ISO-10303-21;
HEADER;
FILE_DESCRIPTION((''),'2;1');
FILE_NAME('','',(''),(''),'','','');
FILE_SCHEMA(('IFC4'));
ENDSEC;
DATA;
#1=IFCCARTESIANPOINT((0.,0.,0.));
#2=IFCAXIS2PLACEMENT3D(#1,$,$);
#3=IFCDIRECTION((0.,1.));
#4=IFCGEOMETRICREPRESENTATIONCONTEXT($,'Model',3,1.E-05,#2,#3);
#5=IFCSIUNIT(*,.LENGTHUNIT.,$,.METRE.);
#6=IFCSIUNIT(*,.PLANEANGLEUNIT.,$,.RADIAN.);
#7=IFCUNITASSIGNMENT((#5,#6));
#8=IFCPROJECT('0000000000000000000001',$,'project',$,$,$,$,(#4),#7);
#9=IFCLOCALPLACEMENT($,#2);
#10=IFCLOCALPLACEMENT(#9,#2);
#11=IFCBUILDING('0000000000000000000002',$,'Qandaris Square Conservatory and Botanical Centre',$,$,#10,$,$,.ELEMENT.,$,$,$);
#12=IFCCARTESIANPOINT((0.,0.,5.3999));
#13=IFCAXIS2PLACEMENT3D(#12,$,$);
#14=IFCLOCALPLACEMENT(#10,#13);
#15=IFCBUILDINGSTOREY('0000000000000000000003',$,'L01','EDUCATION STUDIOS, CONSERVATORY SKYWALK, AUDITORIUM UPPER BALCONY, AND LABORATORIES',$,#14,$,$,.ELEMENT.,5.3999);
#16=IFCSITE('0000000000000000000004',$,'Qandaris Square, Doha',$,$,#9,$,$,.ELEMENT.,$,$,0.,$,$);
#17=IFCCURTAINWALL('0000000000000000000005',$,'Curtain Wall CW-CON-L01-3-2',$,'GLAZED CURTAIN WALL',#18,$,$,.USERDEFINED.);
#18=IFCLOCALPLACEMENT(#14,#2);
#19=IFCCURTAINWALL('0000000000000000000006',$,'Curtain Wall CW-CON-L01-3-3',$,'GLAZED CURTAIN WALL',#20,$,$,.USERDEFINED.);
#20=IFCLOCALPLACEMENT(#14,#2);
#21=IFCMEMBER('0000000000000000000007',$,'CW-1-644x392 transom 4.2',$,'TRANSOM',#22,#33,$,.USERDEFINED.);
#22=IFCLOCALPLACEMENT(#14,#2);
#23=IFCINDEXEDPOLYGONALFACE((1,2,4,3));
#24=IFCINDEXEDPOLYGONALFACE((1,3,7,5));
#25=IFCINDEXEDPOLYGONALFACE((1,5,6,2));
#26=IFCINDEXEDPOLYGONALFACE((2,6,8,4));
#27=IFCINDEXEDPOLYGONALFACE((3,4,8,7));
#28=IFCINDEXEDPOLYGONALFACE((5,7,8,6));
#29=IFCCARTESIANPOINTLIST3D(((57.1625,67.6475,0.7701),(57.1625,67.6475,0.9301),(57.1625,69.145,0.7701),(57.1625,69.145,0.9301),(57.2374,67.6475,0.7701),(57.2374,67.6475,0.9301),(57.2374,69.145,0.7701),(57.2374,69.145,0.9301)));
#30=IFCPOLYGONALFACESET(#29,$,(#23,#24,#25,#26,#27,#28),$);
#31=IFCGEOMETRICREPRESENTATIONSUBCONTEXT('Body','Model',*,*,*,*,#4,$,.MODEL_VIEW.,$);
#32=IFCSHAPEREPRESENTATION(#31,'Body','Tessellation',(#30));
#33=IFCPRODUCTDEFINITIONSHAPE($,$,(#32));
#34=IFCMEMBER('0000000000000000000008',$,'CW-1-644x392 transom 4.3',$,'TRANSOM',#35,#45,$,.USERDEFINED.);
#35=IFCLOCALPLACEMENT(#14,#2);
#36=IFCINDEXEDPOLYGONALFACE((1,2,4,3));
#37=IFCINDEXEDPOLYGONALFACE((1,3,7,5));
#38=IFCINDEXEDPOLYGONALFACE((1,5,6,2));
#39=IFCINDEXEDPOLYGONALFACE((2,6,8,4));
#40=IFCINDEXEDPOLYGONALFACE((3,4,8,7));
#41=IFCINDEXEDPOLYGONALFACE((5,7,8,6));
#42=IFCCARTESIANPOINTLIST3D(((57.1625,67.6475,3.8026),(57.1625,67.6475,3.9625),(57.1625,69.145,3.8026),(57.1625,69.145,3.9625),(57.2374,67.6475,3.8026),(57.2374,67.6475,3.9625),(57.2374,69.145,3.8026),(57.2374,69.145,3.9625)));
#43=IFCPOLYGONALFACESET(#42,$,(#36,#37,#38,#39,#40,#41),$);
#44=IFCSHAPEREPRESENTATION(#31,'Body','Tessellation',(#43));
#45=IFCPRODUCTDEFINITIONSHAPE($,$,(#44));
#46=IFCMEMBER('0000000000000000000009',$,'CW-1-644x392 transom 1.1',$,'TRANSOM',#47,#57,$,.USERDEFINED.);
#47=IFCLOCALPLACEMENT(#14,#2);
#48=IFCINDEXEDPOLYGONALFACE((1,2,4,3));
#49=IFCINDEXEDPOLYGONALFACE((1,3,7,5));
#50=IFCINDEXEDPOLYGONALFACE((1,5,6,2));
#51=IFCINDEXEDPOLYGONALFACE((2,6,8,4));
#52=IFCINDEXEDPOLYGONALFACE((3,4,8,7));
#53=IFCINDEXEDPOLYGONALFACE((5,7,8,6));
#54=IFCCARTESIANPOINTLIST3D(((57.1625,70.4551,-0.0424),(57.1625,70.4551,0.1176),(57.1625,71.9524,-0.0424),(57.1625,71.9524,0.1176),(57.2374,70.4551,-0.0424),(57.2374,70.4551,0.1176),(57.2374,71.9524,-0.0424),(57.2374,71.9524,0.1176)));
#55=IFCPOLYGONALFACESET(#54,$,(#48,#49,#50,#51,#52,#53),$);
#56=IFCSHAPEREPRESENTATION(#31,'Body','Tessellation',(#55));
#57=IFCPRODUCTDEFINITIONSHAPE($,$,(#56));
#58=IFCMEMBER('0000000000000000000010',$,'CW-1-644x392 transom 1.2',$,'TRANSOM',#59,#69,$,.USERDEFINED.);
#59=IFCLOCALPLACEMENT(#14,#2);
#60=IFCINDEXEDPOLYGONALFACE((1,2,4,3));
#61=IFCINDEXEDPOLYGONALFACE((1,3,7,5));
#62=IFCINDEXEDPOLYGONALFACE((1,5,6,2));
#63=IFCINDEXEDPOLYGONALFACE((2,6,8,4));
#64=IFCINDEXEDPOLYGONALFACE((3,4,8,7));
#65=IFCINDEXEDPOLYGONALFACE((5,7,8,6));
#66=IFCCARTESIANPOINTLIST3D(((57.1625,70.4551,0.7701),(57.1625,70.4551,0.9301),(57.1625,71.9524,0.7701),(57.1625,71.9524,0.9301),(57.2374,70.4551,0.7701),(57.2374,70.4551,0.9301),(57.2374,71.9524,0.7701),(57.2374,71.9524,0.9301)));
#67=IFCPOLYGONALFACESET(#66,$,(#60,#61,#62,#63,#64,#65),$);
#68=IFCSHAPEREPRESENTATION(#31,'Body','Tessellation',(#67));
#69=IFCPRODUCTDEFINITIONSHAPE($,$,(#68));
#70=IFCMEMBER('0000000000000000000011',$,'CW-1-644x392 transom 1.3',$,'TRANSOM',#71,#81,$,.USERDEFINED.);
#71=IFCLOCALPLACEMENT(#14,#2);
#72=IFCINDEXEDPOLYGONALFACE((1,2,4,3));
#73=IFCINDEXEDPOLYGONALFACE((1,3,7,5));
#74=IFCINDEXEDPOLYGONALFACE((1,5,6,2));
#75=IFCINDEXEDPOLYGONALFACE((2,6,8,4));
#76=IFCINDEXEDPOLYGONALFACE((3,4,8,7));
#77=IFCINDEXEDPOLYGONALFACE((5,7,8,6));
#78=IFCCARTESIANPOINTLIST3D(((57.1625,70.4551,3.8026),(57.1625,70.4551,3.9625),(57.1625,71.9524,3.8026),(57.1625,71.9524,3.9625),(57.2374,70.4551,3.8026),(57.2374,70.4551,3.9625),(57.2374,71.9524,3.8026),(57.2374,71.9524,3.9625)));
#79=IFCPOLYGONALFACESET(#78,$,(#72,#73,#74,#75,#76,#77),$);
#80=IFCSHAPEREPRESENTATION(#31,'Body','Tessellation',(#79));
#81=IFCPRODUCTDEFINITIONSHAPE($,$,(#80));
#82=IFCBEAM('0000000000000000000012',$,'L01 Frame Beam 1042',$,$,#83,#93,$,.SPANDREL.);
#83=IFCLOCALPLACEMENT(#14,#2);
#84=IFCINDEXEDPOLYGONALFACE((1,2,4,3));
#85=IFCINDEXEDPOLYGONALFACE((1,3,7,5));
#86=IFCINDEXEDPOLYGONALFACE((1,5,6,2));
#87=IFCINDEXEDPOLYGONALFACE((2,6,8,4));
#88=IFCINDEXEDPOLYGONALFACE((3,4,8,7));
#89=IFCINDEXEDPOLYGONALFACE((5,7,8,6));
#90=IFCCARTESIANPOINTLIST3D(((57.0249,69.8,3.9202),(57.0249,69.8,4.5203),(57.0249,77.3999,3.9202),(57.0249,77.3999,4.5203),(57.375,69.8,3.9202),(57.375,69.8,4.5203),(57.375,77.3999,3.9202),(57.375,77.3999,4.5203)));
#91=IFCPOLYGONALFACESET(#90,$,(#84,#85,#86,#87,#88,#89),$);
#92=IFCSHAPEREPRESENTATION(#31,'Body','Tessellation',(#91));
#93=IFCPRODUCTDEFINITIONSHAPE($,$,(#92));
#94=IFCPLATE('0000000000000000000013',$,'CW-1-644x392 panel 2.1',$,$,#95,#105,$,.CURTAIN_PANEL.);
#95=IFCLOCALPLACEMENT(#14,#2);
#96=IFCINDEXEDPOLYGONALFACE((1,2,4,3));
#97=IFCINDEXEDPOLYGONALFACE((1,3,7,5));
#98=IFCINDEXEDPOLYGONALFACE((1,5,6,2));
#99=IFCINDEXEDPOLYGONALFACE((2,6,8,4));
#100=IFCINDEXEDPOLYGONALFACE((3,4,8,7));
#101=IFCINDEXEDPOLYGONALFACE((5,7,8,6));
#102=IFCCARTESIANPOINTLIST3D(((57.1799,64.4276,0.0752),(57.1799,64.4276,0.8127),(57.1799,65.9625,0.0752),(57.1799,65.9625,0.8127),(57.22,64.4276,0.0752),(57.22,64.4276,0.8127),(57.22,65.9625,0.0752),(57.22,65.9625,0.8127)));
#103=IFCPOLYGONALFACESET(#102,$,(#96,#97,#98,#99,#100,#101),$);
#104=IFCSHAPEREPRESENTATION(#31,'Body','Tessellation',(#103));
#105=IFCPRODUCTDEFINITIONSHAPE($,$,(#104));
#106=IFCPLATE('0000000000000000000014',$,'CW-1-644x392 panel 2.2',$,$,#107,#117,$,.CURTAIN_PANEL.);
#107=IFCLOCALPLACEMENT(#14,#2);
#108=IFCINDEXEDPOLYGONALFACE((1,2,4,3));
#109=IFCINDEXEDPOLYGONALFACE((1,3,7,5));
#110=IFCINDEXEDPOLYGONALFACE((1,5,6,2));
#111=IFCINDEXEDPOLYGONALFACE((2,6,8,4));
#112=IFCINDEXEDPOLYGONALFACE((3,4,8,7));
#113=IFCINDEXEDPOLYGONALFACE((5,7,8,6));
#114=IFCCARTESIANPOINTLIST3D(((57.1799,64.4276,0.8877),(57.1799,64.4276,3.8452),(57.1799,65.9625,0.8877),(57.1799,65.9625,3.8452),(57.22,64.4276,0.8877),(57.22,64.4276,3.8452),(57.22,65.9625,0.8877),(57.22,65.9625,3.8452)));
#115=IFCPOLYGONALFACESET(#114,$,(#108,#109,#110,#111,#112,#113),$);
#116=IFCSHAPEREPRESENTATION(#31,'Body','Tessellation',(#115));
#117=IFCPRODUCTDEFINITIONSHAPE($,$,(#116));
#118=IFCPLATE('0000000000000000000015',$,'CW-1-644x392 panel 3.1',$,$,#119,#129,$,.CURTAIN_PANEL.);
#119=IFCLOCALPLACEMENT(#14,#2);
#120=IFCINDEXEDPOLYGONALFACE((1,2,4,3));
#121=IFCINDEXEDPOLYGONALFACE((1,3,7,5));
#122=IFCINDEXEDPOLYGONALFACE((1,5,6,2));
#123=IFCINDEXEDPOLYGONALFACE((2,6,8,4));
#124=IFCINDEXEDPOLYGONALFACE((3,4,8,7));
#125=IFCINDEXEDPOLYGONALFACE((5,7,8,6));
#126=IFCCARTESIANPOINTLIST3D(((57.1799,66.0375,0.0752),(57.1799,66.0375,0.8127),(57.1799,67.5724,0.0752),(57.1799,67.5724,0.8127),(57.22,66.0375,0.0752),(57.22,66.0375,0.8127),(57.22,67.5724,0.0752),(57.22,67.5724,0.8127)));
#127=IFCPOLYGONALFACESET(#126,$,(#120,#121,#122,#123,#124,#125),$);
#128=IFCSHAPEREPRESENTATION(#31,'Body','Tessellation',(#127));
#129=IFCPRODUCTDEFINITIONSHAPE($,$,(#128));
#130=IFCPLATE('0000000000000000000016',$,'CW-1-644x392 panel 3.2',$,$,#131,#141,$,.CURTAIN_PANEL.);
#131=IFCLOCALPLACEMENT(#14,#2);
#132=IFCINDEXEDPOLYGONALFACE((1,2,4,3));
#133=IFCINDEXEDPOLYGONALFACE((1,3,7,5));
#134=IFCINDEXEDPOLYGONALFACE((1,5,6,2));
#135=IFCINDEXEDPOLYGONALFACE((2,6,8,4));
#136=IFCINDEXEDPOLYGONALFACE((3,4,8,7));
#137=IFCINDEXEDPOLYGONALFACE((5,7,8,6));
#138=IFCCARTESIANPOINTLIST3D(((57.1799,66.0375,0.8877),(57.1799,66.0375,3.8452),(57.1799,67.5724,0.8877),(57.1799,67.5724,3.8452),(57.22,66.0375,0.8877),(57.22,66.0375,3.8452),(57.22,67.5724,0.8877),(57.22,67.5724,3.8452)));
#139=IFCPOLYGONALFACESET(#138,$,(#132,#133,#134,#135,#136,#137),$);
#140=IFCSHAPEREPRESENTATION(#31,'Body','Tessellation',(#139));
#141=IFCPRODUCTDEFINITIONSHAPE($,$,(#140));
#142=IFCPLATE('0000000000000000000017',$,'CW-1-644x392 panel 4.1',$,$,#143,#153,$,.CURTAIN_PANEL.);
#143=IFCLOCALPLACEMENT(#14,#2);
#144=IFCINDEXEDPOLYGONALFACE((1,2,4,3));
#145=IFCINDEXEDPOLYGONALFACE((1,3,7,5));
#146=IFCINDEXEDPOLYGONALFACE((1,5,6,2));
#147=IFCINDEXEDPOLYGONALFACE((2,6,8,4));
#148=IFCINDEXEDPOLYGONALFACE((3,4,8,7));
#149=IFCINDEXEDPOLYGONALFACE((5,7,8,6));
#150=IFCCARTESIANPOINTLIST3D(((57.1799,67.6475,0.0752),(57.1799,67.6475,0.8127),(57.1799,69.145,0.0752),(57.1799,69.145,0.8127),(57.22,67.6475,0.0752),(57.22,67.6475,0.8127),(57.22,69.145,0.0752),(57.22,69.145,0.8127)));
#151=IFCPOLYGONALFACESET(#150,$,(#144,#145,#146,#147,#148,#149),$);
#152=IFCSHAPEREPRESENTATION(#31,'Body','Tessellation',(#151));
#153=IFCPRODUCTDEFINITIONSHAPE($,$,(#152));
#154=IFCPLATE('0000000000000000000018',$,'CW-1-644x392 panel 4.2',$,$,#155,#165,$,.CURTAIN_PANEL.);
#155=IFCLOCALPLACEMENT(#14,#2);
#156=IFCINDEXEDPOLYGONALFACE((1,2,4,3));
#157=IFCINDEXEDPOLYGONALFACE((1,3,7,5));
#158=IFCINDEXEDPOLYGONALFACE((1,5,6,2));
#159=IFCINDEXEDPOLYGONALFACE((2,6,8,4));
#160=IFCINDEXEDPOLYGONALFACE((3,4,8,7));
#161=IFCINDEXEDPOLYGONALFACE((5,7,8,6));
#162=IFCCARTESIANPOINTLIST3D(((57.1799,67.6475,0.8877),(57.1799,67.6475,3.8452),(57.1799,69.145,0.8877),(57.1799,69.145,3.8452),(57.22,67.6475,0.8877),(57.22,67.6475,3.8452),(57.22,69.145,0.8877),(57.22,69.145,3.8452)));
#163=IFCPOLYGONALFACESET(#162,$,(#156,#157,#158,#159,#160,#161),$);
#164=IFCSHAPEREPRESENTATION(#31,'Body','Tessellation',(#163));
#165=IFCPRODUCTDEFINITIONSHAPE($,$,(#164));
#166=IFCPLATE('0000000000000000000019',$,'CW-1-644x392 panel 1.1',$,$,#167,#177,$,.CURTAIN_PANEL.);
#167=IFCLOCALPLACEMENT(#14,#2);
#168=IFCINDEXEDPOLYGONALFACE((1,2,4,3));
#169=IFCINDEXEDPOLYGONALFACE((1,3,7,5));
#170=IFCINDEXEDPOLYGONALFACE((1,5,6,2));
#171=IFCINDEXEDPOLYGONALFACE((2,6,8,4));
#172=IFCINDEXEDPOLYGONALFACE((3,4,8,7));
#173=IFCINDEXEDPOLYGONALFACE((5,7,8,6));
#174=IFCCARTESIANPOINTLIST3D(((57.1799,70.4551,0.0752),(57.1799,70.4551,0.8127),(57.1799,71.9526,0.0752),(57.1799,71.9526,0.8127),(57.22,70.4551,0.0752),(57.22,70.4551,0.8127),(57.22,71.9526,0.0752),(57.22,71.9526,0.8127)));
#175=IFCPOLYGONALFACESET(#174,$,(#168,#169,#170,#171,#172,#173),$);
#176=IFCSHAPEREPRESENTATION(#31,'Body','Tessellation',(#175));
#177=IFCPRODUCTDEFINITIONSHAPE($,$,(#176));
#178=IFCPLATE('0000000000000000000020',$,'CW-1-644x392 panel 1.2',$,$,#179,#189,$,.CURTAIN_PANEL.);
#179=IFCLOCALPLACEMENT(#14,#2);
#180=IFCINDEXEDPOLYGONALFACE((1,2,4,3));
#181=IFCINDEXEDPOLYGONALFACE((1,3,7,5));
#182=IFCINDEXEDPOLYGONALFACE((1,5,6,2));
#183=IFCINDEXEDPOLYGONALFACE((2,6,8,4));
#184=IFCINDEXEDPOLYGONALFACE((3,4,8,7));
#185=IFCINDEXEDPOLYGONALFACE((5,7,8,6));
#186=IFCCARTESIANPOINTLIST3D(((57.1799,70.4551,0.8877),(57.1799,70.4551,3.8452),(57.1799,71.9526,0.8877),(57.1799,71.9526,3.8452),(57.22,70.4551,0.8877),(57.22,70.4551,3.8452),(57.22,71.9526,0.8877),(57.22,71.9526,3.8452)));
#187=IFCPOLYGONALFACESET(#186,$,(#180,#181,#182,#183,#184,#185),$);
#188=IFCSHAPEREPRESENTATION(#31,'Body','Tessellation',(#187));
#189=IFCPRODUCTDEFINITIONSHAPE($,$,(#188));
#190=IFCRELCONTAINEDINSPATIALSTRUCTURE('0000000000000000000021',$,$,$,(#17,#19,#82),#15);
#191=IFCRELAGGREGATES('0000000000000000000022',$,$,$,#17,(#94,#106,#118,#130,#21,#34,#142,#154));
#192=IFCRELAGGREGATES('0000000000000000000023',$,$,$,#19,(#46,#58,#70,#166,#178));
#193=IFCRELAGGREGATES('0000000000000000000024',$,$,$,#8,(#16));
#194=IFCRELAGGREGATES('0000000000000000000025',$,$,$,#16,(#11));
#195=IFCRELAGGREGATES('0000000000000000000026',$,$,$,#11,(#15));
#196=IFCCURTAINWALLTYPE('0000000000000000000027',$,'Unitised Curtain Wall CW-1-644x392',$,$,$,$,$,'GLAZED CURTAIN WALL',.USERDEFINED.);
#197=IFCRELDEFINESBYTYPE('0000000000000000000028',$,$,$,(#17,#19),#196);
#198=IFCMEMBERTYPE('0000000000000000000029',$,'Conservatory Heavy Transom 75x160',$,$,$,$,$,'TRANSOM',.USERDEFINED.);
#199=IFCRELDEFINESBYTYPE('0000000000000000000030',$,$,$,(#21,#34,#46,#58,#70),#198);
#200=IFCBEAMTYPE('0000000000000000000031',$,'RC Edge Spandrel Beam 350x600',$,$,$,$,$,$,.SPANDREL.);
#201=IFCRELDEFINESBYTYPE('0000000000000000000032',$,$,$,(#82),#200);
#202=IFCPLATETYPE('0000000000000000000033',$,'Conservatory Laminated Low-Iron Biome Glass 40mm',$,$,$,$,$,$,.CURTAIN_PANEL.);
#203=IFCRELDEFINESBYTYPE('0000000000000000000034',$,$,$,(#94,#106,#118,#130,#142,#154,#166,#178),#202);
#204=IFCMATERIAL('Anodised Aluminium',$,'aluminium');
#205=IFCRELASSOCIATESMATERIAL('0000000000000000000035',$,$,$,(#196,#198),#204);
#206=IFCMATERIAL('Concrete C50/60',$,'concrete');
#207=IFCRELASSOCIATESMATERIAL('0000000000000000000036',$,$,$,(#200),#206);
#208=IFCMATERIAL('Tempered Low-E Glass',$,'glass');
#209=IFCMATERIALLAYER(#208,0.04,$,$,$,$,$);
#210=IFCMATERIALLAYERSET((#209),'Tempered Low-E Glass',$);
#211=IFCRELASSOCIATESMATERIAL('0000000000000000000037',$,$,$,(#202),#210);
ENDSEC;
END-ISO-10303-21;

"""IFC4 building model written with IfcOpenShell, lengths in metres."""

from ifc_helpers import new_model, si_unit, direction, frame, origin, origin_2d, place, context, subcontext, project, spatial, rectangle, extrude, material, layer, layer_set, material_profile, profile_set, type_object, element, aggregate, save


model = new_model("IFC4")

# Units and contexts
model_context = context("Model", 3, precision=1e-05, world=origin(), true_north=direction((0.0, 1.0)))
body_context = subcontext(model_context, "Body", "Model", "MODEL_VIEW")
ifc_project = project(units=[si_unit("LENGTHUNIT", "METRE"), si_unit("PLANEANGLEUNIT", "RADIAN")], contexts=[model_context])

# Site, building, storey
site_placement = place(None, origin())
site = spatial("IfcSite", under=ifc_project, at=site_placement, Name="Qandaris Square, Doha", CompositionType="ELEMENT", RefElevation=0.0)
building_placement = place(site_placement, origin())
building = spatial("IfcBuilding", under=site, at=building_placement, Name="Qandaris Square Conservatory and Botanical Centre", CompositionType="ELEMENT")
storey_placement = place(building_placement, frame((0.0, 0.0, 5.3999)))
storey = spatial("IfcBuildingStorey", under=building, at=storey_placement, Name="L01", Description="EDUCATION STUDIOS, CONSERVATORY SKYWALK, AUDITORIUM UPPER BALCONY, AND LABORATORIES", CompositionType="ELEMENT", Elevation=5.3999)

# Shared definitions
ifc_material_1 = material(Name="Concrete C50/60", Category="concrete")

# Curtain wall
ifc_material_2 = material(Name="Anodised Aluminium", Category="aluminium")
curtain_wall_type = type_object("IfcCurtainWallType", Name="Unitised Curtain Wall CW-1-644x392", ElementType="GLAZED CURTAIN WALL", PredefinedType="USERDEFINED", material=ifc_material_2)
curtain_wall_1_placement = place(storey_placement, origin())
curtain_wall_1 = element("IfcCurtainWall", 1, at=curtain_wall_1_placement, inside=storey, type_object=curtain_wall_type, Name="Curtain Wall CW-CON-L01-3-2", ObjectType="GLAZED CURTAIN WALL", PredefinedType="USERDEFINED")

# Curtain wall
curtain_wall_2_placement = place(storey_placement, origin())
curtain_wall_2 = element("IfcCurtainWall", 2, at=curtain_wall_2_placement, inside=storey, type_object=curtain_wall_type, Name="Curtain Wall CW-CON-L01-3-3", ObjectType="GLAZED CURTAIN WALL", PredefinedType="USERDEFINED")

# Members
ifc_material_profile_1 = material_profile(ifc_material_2, rectangle(XDim=0.075, YDim=0.1599, at=origin_2d()), Name="ALU-TRN 75x160")
ifc_profile_set_1 = profile_set([ifc_material_profile_1], Name="Anodised Aluminium")
member_type_1 = type_object("IfcMemberType", Name="Conservatory Heavy Transom 75x160", ElementType="TRANSOM", PredefinedType="USERDEFINED", material=ifc_profile_set_1)
member_1_placement = place(storey_placement, frame((57.2, 67.6475, 0.8501), z_axis=(0.0, 1.0, 0.0), x_axis=(-1.0, 0.0, 0.0)))
member_1 = element("IfcMember", 3, at=member_1_placement, type_object=member_type_1, Name="CW-1-644x392 transom 4.2", ObjectType="TRANSOM", PredefinedType="USERDEFINED", context=body_context, shape_type="SweptSolid", body=[
    extrude(rectangle(XDim=0.075, YDim=0.1599, at=origin_2d()), origin(), (0.0, 0.0, 1.0), 1.4976),
])
member_2_placement = place(storey_placement, frame((57.2, 67.6475, 3.8826), z_axis=(0.0, 1.0, 0.0), x_axis=(-1.0, 0.0, 0.0)))
member_2 = element("IfcMember", 4, at=member_2_placement, type_object=member_type_1, Name="CW-1-644x392 transom 4.3", ObjectType="TRANSOM", PredefinedType="USERDEFINED", context=body_context, shape_type="SweptSolid", body=[
    extrude(rectangle(XDim=0.075, YDim=0.1599, at=origin_2d()), origin(), (0.0, 0.0, 1.0), 1.4976),
])
member_3_placement = place(storey_placement, frame((57.2, 70.4551, 0.0376), z_axis=(0.0, 1.0, 0.0), x_axis=(-1.0, 0.0, 0.0)))
member_3 = element("IfcMember", 5, at=member_3_placement, type_object=member_type_1, Name="CW-1-644x392 transom 1.1", ObjectType="TRANSOM", PredefinedType="USERDEFINED", context=body_context, shape_type="SweptSolid", body=[
    extrude(rectangle(XDim=0.075, YDim=0.1599, at=origin_2d()), origin(), (0.0, 0.0, 1.0), 1.4973),
])
member_4_placement = place(storey_placement, frame((57.2, 70.4551, 0.8501), z_axis=(0.0, 1.0, 0.0), x_axis=(-1.0, 0.0, 0.0)))
member_4 = element("IfcMember", 6, at=member_4_placement, type_object=member_type_1, Name="CW-1-644x392 transom 1.2", ObjectType="TRANSOM", PredefinedType="USERDEFINED", context=body_context, shape_type="SweptSolid", body=[
    extrude(rectangle(XDim=0.075, YDim=0.1599, at=origin_2d()), origin(), (0.0, 0.0, 1.0), 1.4973),
])
member_5_placement = place(storey_placement, frame((57.2, 70.4551, 3.8826), z_axis=(0.0, 1.0, 0.0), x_axis=(-1.0, 0.0, 0.0)))
member_5 = element("IfcMember", 7, at=member_5_placement, type_object=member_type_1, Name="CW-1-644x392 transom 1.3", ObjectType="TRANSOM", PredefinedType="USERDEFINED", context=body_context, shape_type="SweptSolid", body=[
    extrude(rectangle(XDim=0.075, YDim=0.1599, at=origin_2d()), origin(), (0.0, 0.0, 1.0), 1.4973),
])

# Beam
ifc_material_profile_2 = material_profile(ifc_material_1, rectangle(XDim=0.3501, YDim=0.6001, at=origin_2d()), Name="RC-SP 350x600")
ifc_profile_set_2 = profile_set([ifc_material_profile_2], Name="Concrete C50/60")
beam_type = type_object("IfcBeamType", Name="RC Edge Spandrel Beam 350x600", PredefinedType="SPANDREL", material=ifc_profile_set_2)
beam_placement = place(storey_placement, frame((57.2, 69.8, 4.2202), z_axis=(0.0, 1.0, 0.0), x_axis=(-1.0, 0.0, 0.0)))
element("IfcBeam", 8, at=beam_placement, inside=storey, type_object=beam_type, Name="L01 Frame Beam 1042", PredefinedType="SPANDREL", context=body_context, shape_type="SweptSolid", body=[
    extrude(rectangle(XDim=0.3501, YDim=0.6001, at=origin_2d()), origin(), (0.0, 0.0, 1.0), 7.5999),
])

# Plates
ifc_material_3 = material(Name="Tempered Low-E Glass", Category="glass")
ifc_layer_1 = layer(ifc_material_3, 0.04)
ifc_layer_set_1 = layer_set([ifc_layer_1], Name="Tempered Low-E Glass")
plate_type_1 = type_object("IfcPlateType", Name="Conservatory Laminated Low-Iron Biome Glass 40mm", PredefinedType="CURTAIN_PANEL", material=ifc_layer_set_1)
plate_1_placement = place(storey_placement, frame((57.2, 65.1951, 0.0752), z_axis=(0.0, 0.0, 1.0), x_axis=(0.0, 1.0, 0.0)))
plate_1 = element("IfcPlate", 9, at=plate_1_placement, type_object=plate_type_1, Name="CW-1-644x392 panel 2.1", PredefinedType="CURTAIN_PANEL", context=body_context, shape_type="SweptSolid", body=[
    extrude(rectangle(XDim=1.5349, YDim=0.04, at=origin_2d()), origin(), (0.0, 0.0, 1.0), 0.7375),
])
plate_2_placement = place(storey_placement, frame((57.2, 65.1951, 0.8877), z_axis=(0.0, 0.0, 1.0), x_axis=(0.0, 1.0, 0.0)))
plate_2 = element("IfcPlate", 10, at=plate_2_placement, type_object=plate_type_1, Name="CW-1-644x392 panel 2.2", PredefinedType="CURTAIN_PANEL", context=body_context, shape_type="SweptSolid", body=[
    extrude(rectangle(XDim=1.5349, YDim=0.04, at=origin_2d()), origin(), (0.0, 0.0, 1.0), 2.9575),
])
plate_3_placement = place(storey_placement, frame((57.2, 66.8049, 0.0752), z_axis=(0.0, 0.0, 1.0), x_axis=(0.0, 1.0, 0.0)))
plate_3 = element("IfcPlate", 11, at=plate_3_placement, type_object=plate_type_1, Name="CW-1-644x392 panel 3.1", PredefinedType="CURTAIN_PANEL", context=body_context, shape_type="SweptSolid", body=[
    extrude(rectangle(XDim=1.5349, YDim=0.04, at=origin_2d()), origin(), (0.0, 0.0, 1.0), 0.7375),
])
plate_4_placement = place(storey_placement, frame((57.2, 66.8049, 0.8877), z_axis=(0.0, 0.0, 1.0), x_axis=(0.0, 1.0, 0.0)))
plate_4 = element("IfcPlate", 12, at=plate_4_placement, type_object=plate_type_1, Name="CW-1-644x392 panel 3.2", PredefinedType="CURTAIN_PANEL", context=body_context, shape_type="SweptSolid", body=[
    extrude(rectangle(XDim=1.5349, YDim=0.04, at=origin_2d()), origin(), (0.0, 0.0, 1.0), 2.9575),
])
plate_5_placement = place(storey_placement, frame((57.2, 68.3962, 0.0752), z_axis=(0.0, 0.0, 1.0), x_axis=(0.0, 1.0, 0.0)))
plate_5 = element("IfcPlate", 13, at=plate_5_placement, type_object=plate_type_1, Name="CW-1-644x392 panel 4.1", PredefinedType="CURTAIN_PANEL", context=body_context, shape_type="SweptSolid", body=[
    extrude(rectangle(XDim=1.4976, YDim=0.04, at=origin_2d()), origin(), (0.0, 0.0, 1.0), 0.7375),
])
plate_6_placement = place(storey_placement, frame((57.2, 68.3962, 0.8877), z_axis=(0.0, 0.0, 1.0), x_axis=(0.0, 1.0, 0.0)))
plate_6 = element("IfcPlate", 14, at=plate_6_placement, type_object=plate_type_1, Name="CW-1-644x392 panel 4.2", PredefinedType="CURTAIN_PANEL", context=body_context, shape_type="SweptSolid", body=[
    extrude(rectangle(XDim=1.4976, YDim=0.04, at=origin_2d()), origin(), (0.0, 0.0, 1.0), 2.9575),
])
aggregate(curtain_wall_1, [plate_1, plate_2, plate_3, plate_4, member_1, member_2, plate_5, plate_6])
plate_7_placement = place(storey_placement, frame((57.2, 71.2039, 0.0752), z_axis=(0.0, 0.0, 1.0), x_axis=(0.0, 1.0, 0.0)))
plate_7 = element("IfcPlate", 15, at=plate_7_placement, type_object=plate_type_1, Name="CW-1-644x392 panel 1.1", PredefinedType="CURTAIN_PANEL", context=body_context, shape_type="SweptSolid", body=[
    extrude(rectangle(XDim=1.4976, YDim=0.04, at=origin_2d()), origin(), (0.0, 0.0, 1.0), 0.7375),
])
plate_8_placement = place(storey_placement, frame((57.2, 71.2039, 0.8877), z_axis=(0.0, 0.0, 1.0), x_axis=(0.0, 1.0, 0.0)))
plate_8 = element("IfcPlate", 16, at=plate_8_placement, type_object=plate_type_1, Name="CW-1-644x392 panel 1.2", PredefinedType="CURTAIN_PANEL", context=body_context, shape_type="SweptSolid", body=[
    extrude(rectangle(XDim=1.4976, YDim=0.04, at=origin_2d()), origin(), (0.0, 0.0, 1.0), 2.9575),
])
aggregate(curtain_wall_2, [member_3, member_4, member_5, plate_7, plate_8])

save(model, "model.ifc")
